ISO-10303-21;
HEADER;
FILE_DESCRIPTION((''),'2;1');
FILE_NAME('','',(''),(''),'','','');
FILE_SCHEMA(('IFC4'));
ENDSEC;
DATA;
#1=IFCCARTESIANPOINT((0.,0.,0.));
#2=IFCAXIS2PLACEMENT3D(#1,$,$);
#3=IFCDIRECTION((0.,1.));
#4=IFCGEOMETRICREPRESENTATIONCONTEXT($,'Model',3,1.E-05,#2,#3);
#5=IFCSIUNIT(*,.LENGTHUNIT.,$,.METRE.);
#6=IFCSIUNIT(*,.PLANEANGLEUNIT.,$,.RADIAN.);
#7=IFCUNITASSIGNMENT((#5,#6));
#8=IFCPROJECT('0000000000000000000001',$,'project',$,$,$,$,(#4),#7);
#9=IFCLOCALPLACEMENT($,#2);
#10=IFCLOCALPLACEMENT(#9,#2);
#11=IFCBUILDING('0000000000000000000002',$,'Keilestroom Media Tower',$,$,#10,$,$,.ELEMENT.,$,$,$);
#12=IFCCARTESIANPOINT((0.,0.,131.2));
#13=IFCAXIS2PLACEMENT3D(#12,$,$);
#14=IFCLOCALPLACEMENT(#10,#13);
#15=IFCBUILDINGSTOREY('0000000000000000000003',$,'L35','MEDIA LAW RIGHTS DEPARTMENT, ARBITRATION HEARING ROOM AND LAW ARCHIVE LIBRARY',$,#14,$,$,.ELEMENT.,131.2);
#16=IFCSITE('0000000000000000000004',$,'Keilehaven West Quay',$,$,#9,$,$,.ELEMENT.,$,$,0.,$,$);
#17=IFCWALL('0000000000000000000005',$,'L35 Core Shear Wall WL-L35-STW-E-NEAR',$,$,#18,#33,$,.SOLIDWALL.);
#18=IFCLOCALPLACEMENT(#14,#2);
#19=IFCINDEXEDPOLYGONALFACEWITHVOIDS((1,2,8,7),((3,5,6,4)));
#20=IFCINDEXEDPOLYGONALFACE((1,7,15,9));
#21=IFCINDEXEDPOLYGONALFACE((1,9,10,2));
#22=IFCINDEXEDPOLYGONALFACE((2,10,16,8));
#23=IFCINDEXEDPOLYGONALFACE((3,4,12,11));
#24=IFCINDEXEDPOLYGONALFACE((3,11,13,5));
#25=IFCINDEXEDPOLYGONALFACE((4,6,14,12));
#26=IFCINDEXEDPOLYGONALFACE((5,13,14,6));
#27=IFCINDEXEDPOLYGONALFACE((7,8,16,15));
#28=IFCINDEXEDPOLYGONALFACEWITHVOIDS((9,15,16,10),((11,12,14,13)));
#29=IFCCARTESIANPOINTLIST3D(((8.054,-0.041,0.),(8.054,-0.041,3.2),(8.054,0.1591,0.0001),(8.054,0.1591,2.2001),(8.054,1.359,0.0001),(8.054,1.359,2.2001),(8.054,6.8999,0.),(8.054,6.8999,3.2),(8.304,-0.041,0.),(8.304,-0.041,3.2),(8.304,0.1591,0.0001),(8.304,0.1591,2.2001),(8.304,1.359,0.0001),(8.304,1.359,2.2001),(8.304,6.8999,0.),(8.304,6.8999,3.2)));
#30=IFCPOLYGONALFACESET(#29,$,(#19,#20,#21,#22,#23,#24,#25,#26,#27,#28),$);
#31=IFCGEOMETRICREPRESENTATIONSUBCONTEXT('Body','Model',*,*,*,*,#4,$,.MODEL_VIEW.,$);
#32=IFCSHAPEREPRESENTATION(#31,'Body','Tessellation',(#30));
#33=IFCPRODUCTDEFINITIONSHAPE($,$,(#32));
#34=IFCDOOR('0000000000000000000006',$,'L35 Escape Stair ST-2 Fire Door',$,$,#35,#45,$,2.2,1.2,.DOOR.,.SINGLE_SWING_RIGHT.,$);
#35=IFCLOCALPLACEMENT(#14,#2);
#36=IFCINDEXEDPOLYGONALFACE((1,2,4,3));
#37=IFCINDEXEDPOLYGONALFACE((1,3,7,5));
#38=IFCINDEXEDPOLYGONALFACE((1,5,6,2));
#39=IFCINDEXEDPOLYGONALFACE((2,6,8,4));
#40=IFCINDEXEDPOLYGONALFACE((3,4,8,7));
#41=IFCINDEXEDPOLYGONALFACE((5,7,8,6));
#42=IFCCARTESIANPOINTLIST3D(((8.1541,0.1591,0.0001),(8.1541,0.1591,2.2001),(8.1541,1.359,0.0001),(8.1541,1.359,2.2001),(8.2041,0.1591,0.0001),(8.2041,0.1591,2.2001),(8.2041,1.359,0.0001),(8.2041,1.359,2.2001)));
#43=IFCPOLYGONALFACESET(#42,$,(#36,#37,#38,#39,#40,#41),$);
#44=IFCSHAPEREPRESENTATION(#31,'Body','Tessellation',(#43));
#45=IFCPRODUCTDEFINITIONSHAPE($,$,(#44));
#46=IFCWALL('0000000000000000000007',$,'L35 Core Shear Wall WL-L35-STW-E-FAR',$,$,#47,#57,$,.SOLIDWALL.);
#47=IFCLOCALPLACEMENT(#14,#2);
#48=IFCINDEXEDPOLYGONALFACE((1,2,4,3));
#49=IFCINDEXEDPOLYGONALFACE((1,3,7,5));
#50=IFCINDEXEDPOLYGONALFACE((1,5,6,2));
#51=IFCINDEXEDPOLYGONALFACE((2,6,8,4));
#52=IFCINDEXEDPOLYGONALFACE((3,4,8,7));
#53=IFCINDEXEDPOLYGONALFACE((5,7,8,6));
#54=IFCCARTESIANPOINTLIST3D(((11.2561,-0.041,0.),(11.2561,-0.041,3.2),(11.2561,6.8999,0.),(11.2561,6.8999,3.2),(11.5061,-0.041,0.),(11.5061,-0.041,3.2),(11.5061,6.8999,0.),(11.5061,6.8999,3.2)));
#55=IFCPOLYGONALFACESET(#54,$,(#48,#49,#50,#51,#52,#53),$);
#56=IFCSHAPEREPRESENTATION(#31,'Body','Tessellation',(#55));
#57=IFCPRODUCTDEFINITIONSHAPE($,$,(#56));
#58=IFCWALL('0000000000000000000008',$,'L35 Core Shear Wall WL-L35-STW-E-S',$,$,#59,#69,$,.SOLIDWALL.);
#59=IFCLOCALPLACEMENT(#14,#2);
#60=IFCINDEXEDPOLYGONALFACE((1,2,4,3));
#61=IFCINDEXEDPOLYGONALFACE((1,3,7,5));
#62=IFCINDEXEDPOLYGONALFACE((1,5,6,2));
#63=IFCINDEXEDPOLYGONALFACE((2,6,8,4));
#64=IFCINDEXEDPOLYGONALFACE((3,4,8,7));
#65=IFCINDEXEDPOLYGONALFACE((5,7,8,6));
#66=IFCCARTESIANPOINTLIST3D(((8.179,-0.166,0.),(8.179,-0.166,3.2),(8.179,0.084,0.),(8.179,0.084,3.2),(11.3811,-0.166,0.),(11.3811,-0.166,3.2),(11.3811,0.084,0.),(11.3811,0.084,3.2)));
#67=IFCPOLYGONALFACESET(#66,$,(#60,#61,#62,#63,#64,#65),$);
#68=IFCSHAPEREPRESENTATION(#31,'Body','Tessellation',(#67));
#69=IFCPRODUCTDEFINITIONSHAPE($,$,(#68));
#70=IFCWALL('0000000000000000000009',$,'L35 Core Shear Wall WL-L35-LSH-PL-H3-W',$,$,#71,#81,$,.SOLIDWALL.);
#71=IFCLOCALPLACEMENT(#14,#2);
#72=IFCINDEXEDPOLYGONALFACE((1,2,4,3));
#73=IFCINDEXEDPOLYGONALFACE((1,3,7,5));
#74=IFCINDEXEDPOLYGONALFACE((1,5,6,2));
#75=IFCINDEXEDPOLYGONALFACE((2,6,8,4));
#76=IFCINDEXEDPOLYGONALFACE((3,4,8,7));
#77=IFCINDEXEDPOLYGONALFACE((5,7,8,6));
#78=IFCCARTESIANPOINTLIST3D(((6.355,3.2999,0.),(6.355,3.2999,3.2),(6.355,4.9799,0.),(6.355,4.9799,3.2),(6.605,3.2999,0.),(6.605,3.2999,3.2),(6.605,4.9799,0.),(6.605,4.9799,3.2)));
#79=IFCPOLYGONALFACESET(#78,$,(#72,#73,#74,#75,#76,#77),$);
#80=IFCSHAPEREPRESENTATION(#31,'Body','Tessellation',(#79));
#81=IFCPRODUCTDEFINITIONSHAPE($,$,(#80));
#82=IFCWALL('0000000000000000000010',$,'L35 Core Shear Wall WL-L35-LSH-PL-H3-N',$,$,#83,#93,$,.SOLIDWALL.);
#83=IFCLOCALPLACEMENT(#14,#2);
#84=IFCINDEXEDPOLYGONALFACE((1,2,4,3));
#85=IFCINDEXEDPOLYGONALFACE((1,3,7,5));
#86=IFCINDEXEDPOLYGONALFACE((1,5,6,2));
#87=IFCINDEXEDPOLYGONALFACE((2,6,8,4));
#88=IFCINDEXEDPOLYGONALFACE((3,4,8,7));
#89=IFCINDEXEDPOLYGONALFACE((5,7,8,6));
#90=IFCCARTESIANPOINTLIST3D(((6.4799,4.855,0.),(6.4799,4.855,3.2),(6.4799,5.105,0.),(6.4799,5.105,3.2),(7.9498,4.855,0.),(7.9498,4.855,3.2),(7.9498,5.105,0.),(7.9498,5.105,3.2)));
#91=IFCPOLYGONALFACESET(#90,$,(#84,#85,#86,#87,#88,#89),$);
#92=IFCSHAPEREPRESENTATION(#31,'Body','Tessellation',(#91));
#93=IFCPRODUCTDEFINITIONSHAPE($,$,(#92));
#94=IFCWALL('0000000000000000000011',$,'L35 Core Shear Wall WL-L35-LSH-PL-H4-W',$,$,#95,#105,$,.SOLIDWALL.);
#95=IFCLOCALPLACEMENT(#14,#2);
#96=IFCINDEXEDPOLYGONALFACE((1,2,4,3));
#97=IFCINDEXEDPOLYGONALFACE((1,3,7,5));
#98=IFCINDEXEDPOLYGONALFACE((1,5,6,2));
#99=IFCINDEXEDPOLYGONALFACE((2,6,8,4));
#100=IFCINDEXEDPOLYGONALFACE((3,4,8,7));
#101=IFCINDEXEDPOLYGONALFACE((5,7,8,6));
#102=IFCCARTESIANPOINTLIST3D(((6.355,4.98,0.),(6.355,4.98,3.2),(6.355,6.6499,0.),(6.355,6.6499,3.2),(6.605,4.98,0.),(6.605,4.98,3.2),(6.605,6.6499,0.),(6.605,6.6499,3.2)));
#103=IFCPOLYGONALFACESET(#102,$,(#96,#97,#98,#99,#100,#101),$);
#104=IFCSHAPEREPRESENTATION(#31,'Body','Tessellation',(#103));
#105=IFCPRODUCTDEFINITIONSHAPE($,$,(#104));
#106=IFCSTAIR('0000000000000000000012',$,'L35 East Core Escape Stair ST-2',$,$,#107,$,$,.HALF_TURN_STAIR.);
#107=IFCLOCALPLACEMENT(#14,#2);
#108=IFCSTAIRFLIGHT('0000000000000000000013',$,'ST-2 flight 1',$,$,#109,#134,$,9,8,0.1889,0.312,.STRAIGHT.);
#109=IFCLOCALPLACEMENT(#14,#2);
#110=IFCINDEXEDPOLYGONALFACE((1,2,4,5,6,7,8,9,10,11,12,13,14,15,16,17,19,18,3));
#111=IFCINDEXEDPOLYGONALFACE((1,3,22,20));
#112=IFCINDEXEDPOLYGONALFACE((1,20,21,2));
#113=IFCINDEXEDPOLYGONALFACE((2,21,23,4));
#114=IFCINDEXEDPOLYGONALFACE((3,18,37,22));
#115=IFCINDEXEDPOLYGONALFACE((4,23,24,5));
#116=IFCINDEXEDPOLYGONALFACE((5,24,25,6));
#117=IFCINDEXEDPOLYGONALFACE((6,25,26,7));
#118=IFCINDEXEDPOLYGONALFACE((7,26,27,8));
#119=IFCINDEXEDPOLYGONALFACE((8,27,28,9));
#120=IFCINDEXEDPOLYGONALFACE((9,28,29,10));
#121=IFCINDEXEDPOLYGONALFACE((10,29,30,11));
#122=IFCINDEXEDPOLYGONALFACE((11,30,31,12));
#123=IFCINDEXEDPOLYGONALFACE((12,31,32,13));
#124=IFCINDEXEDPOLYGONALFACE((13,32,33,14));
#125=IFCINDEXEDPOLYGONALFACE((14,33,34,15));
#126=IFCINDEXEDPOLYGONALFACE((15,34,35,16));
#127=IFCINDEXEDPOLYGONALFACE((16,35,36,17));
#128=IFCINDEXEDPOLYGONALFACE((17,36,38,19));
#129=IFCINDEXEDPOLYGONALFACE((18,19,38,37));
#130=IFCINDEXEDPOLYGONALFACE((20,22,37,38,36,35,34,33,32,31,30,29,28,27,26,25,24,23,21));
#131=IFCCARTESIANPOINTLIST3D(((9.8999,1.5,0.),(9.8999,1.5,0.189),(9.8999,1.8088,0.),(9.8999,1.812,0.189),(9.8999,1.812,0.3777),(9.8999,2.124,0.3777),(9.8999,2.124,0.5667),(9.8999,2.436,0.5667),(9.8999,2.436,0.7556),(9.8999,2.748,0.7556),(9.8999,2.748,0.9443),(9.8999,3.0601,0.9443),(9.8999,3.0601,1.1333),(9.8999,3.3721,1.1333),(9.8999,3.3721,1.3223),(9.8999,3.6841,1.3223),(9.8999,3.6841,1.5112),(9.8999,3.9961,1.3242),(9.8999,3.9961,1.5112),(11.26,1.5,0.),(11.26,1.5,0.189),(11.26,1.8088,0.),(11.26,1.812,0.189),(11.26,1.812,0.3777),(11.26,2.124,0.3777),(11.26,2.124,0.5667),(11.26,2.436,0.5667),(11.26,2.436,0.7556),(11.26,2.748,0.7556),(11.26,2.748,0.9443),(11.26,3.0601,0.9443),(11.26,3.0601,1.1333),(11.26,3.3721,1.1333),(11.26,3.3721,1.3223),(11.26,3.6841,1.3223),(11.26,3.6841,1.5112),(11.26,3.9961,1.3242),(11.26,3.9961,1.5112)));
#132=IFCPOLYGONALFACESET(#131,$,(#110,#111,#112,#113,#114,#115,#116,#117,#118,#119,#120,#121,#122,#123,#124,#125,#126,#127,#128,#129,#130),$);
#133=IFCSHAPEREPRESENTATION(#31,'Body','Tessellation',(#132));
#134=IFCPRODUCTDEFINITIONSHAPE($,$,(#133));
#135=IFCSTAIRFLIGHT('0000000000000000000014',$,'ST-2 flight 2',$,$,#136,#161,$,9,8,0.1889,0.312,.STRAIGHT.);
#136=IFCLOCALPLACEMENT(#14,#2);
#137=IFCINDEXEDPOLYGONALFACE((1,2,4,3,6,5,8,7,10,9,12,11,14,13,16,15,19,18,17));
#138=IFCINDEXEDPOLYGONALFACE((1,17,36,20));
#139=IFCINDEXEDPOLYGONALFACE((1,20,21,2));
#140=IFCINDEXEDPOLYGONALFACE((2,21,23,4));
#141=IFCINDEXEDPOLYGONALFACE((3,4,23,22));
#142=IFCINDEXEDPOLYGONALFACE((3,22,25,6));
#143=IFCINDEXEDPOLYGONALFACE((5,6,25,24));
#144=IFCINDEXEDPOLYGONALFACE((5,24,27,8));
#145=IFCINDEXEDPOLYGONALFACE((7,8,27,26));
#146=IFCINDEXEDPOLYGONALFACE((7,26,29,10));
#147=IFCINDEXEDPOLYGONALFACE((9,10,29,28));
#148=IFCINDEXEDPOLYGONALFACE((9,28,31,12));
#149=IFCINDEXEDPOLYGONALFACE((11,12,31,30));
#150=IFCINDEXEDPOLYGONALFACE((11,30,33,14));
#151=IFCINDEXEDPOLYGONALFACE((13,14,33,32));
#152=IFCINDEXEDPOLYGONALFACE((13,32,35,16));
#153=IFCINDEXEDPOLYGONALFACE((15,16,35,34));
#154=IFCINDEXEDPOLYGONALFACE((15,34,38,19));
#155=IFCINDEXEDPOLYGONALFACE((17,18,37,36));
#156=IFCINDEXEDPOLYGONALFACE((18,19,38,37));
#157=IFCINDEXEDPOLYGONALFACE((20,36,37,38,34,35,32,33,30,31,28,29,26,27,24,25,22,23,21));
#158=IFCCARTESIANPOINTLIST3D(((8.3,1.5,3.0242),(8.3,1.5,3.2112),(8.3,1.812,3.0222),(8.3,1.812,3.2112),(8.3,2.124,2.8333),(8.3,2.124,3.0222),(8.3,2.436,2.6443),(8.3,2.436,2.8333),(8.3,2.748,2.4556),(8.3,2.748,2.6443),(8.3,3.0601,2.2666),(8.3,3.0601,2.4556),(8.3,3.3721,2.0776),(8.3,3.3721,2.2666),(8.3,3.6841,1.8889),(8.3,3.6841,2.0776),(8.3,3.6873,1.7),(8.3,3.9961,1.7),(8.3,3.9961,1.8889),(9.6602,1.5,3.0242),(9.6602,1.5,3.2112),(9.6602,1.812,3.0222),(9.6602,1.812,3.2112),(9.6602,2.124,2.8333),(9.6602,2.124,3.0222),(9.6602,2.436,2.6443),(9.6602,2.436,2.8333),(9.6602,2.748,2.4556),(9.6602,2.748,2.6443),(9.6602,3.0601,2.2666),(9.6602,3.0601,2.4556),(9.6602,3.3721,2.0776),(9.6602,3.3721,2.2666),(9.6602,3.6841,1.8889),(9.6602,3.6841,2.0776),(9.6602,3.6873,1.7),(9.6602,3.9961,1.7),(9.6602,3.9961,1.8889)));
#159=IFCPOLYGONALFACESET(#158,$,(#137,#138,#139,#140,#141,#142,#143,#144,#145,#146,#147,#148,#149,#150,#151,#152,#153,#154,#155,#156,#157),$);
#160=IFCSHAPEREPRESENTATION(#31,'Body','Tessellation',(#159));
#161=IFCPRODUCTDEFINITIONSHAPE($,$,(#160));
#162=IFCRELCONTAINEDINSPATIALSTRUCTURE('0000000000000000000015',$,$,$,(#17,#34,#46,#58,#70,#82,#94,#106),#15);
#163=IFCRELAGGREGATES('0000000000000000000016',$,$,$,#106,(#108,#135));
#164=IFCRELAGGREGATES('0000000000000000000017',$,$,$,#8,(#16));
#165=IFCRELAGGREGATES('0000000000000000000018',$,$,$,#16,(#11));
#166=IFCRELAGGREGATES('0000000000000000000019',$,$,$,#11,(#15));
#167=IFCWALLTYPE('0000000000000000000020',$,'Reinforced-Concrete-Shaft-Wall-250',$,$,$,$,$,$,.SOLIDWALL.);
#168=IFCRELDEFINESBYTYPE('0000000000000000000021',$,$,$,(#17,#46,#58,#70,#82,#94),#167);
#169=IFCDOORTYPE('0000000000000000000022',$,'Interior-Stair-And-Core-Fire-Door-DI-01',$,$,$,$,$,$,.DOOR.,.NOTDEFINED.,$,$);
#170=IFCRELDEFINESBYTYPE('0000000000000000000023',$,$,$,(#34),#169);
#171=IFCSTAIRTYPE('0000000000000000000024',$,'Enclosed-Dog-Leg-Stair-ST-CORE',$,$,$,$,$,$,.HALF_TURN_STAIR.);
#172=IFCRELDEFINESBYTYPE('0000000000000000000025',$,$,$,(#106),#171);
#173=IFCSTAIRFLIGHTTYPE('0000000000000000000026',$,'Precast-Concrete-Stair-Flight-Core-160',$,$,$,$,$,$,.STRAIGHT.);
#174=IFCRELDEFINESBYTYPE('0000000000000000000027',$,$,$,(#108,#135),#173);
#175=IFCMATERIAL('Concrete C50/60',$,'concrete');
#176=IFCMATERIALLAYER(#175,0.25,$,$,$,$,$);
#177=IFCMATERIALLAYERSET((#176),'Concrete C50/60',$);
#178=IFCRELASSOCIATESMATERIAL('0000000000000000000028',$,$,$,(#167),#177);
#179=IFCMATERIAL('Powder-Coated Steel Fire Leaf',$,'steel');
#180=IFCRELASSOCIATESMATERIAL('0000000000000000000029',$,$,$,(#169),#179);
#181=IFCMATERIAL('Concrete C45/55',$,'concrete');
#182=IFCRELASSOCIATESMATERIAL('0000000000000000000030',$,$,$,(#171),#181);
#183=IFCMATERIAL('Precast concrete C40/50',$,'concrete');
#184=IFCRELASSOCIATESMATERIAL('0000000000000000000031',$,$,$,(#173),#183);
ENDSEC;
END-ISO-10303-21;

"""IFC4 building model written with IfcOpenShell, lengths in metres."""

from ifc_helpers import new_model, si_unit, direction, frame, frame_2d, origin, place, context, subcontext, project, spatial, polyline, rectangle, outline, extrude, source, transform, mapped, material, layer, layer_set, type_object, element, fill, aggregate, save


model = new_model("IFC4")

# Units and contexts
model_context = context("Model", 3, precision=1e-05, world=origin(), true_north=direction((0.0, 1.0)))
body_context = subcontext(model_context, "Body", "Model", "MODEL_VIEW")
ifc_project = project(units=[si_unit("LENGTHUNIT", "METRE"), si_unit("PLANEANGLEUNIT", "RADIAN")], contexts=[model_context])

# Site, building, storey
site_placement = place(None, origin())
site = spatial("IfcSite", under=ifc_project, at=site_placement, Name="Keilehaven West Quay", CompositionType="ELEMENT", RefElevation=0.0)
building_placement = place(site_placement, origin())
building = spatial("IfcBuilding", under=site, at=building_placement, Name="Keilestroom Media Tower", CompositionType="ELEMENT")
storey_placement = place(building_placement, frame((0.0, 0.0, 131.2)))
storey = spatial("IfcBuildingStorey", under=building, at=storey_placement, Name="L35", Description="MEDIA LAW RIGHTS DEPARTMENT, ARBITRATION HEARING ROOM AND LAW ARCHIVE LIBRARY", CompositionType="ELEMENT", Elevation=131.2)

# Shared definitions
ifc_material_1 = material(Name="Concrete C50/60", Category="concrete")
ifc_layer_1 = layer(ifc_material_1, 0.25)
ifc_layer_set_1 = layer_set([ifc_layer_1], Name="Concrete C50/60")
wall_type_1 = type_object("IfcWallType", Name="Reinforced-Concrete-Shaft-Wall-250", PredefinedType="SOLIDWALL", material=ifc_layer_set_1)

# Wall, opening, door
wall_1_placement = place(storey_placement, frame((8.179, -0.041, 0.0), z_axis=(0.0, 0.0, 1.0), x_axis=(0.0, 1.0, 0.0)))
wall_1 = element("IfcWall", 1, at=wall_1_placement, inside=storey, type_object=wall_type_1, Name="L35 Core Shear Wall WL-L35-STW-E-NEAR", PredefinedType="SOLIDWALL", context=body_context, shape_type="SweptSolid", body=[
    extrude(rectangle(XDim=6.9409, YDim=0.25, at=frame_2d((3.4705, 0.0))), origin(), (0.0, 0.0, 1.0), 3.2),
])
opening_placement = place(wall_1_placement, frame((0.2, 0.0, 0.0)))
opening = element("IfcOpeningElement", 2, at=opening_placement, cuts=wall_1, PredefinedType="OPENING", context=body_context, shape_type="SweptSolid", body=[
    extrude(rectangle(XDim=1.2, YDim=2.2, at=frame_2d((0.6001, 1.1001))), frame((0.0, 0.135, 0.0), z_axis=(0.0, -1.0, 0.0), x_axis=(1.0, 0.0, 0.0)), (0.0, 0.0, 1.0), 0.27),
])
ifc_material_2 = material(Name="Powder-Coated Steel Fire Leaf", Category="steel")
door_type = type_object("IfcDoorType", Name="Interior-Stair-And-Core-Fire-Door-DI-01", OperationType="NOTDEFINED", PredefinedType="DOOR", material=ifc_material_2)
shared_shape_1 = source(origin(), body_context, "Body", "SweptSolid", [
    extrude(rectangle(XDim=1.2, YDim=2.2, at=frame_2d((0.6001, 1.1001))), frame((0.0, 0.0249, 0.0), z_axis=(0.0, -1.0, 0.0), x_axis=(1.0, 0.0, 0.0)), (0.0, 0.0, 1.0), 0.05),
])
door_placement = place(opening_placement, origin())
door = element("IfcDoor", 3, at=door_placement, inside=storey, type_object=door_type, Name="L35 Escape Stair ST-2 Fire Door", OperationType="SINGLE_SWING_RIGHT", OverallHeight=2.2, OverallWidth=1.2, PredefinedType="DOOR", context=body_context, shape_type="MappedRepresentation", body=[
    mapped(shared_shape_1, transform((0.0, 0.0, 0.0), x_axis=(1.0, 0.0, 0.0), y_axis=(0.0, 1.0, 0.0), z_axis=(0.0, 0.0, 1.0), scale=1.0)),
])
fill(opening, door)

# Walls
wall_2_placement = place(storey_placement, frame((11.3811, -0.041, 0.0), z_axis=(0.0, 0.0, 1.0), x_axis=(0.0, 1.0, 0.0)))
element("IfcWall", 4, at=wall_2_placement, inside=storey, type_object=wall_type_1, Name="L35 Core Shear Wall WL-L35-STW-E-FAR", PredefinedType="SOLIDWALL", context=body_context, shape_type="SweptSolid", body=[
    extrude(rectangle(XDim=6.9409, YDim=0.25, at=frame_2d((3.4705, 0.0))), origin(), (0.0, 0.0, 1.0), 3.2),
])
wall_3_placement = place(storey_placement, frame((8.179, -0.041, 0.0), z_axis=(0.0, 0.0, 1.0), x_axis=(1.0, 0.0, 0.0)))
element("IfcWall", 5, at=wall_3_placement, inside=storey, type_object=wall_type_1, Name="L35 Core Shear Wall WL-L35-STW-E-S", PredefinedType="SOLIDWALL", context=body_context, shape_type="SweptSolid", body=[
    extrude(rectangle(XDim=3.2021, YDim=0.25, at=frame_2d((1.6011, 0.0))), origin(), (0.0, 0.0, 1.0), 3.2),
])
wall_4_placement = place(storey_placement, frame((6.48, 3.3, 0.0), z_axis=(0.0, 0.0, 1.0), x_axis=(0.0, 1.0, 0.0)))
element("IfcWall", 6, at=wall_4_placement, inside=storey, type_object=wall_type_1, Name="L35 Core Shear Wall WL-L35-LSH-PL-H3-W", PredefinedType="SOLIDWALL", context=body_context, shape_type="SweptSolid", body=[
    extrude(rectangle(XDim=1.6799, YDim=0.25, at=frame_2d((0.8398, 0.0))), origin(), (0.0, 0.0, 1.0), 3.2),
])
wall_5_placement = place(storey_placement, frame((6.48, 4.98, 0.0), z_axis=(0.0, 0.0, 1.0), x_axis=(1.0, 0.0, 0.0)))
element("IfcWall", 7, at=wall_5_placement, inside=storey, type_object=wall_type_1, Name="L35 Core Shear Wall WL-L35-LSH-PL-H3-N", PredefinedType="SOLIDWALL", context=body_context, shape_type="SweptSolid", body=[
    extrude(rectangle(XDim=1.47, YDim=0.25, at=frame_2d((0.7349, 0.0))), origin(), (0.0, 0.0, 1.0), 3.2),
])
wall_6_placement = place(storey_placement, frame((6.48, 4.98, 0.0), z_axis=(0.0, 0.0, 1.0), x_axis=(0.0, 1.0, 0.0)))
element("IfcWall", 8, at=wall_6_placement, inside=storey, type_object=wall_type_1, Name="L35 Core Shear Wall WL-L35-LSH-PL-H4-W", PredefinedType="SOLIDWALL", context=body_context, shape_type="SweptSolid", body=[
    extrude(rectangle(XDim=1.6699, YDim=0.25, at=frame_2d((0.835, 0.0))), origin(), (0.0, 0.0, 1.0), 3.2),
])

# Stair, stair flights
ifc_material_3 = material(Name="Concrete C45/55", Category="concrete")
stair_type = type_object("IfcStairType", Name="Enclosed-Dog-Leg-Stair-ST-CORE", PredefinedType="HALF_TURN_STAIR", material=ifc_material_3)
stair_placement = place(storey_placement, origin())
stair = element("IfcStair", 9, at=stair_placement, inside=storey, type_object=stair_type, Name="L35 East Core Escape Stair ST-2", PredefinedType="HALF_TURN_STAIR")
ifc_material_4 = material(Name="Precast concrete C40/50", Category="concrete")
stair_flight_type = type_object("IfcStairFlightType", Name="Precast-Concrete-Stair-Flight-Core-160", PredefinedType="STRAIGHT", material=ifc_material_4)
stair_flight_1_placement = place(storey_placement, frame((10.5801, 1.5, 0.0), z_axis=(0.0, 0.0, 1.0), x_axis=(0.0, 1.0, 0.0)))
stair_flight_1 = element("IfcStairFlight", 10, at=stair_flight_1_placement, type_object=stair_flight_type, Name="ST-2 flight 1", NumberOfRisers=9, NumberOfTreads=8, PredefinedType="STRAIGHT", RiserHeight=0.1889, TreadLength=0.312, context=body_context, shape_type="SweptSolid", body=[
    extrude(outline(polyline([(0.0, 0.0), (0.0, 0.189), (0.312, 0.189), (0.312, 0.3777), (0.624, 0.3777), (0.624, 0.5667), (0.936, 0.5667), (0.936, 0.7556), (1.248, 0.7556), (1.248, 0.9443), (1.5601, 0.9443), (1.5601, 1.1333), (1.8721, 1.1333), (1.8721, 1.3223), (2.1841, 1.3223), (2.1841, 1.5112), (2.4961, 1.5112), (2.4961, 1.7), (2.4961, 1.3242), (0.3088, 0.0), (0.0, 0.0)])), frame((0.0, 0.6802, 0.0), z_axis=(0.0, -1.0, 0.0), x_axis=(1.0, 0.0, 0.0)), (0.0, 0.0, 1.0), 1.3601),
])
stair_flight_2_placement = place(storey_placement, frame((8.98, 3.9961, 1.7), z_axis=(0.0, 0.0, 1.0), x_axis=(0.0, -1.0, 0.0)))
stair_flight_2 = element("IfcStairFlight", 11, at=stair_flight_2_placement, type_object=stair_flight_type, Name="ST-2 flight 2", NumberOfRisers=9, NumberOfTreads=8, PredefinedType="STRAIGHT", RiserHeight=0.1889, TreadLength=0.312, context=body_context, shape_type="SweptSolid", body=[
    extrude(outline(polyline([(0.0, 0.0), (0.0, 0.189), (0.312, 0.189), (0.312, 0.3777), (0.624, 0.3777), (0.624, 0.5667), (0.936, 0.5667), (0.936, 0.7556), (1.248, 0.7556), (1.248, 0.9443), (1.5601, 0.9443), (1.5601, 1.1333), (1.8721, 1.1333), (1.8721, 1.3223), (2.1841, 1.3223), (2.1841, 1.5112), (2.4961, 1.5112), (2.4961, 1.7), (2.4961, 1.3242), (0.3088, 0.0), (0.0, 0.0)])), frame((0.0, 0.6802, 0.0), z_axis=(0.0, -1.0, 0.0), x_axis=(1.0, 0.0, 0.0)), (0.0, 0.0, 1.0), 1.3601),
])
aggregate(stair, [stair_flight_1, stair_flight_2])

save(model, "model.ifc")
